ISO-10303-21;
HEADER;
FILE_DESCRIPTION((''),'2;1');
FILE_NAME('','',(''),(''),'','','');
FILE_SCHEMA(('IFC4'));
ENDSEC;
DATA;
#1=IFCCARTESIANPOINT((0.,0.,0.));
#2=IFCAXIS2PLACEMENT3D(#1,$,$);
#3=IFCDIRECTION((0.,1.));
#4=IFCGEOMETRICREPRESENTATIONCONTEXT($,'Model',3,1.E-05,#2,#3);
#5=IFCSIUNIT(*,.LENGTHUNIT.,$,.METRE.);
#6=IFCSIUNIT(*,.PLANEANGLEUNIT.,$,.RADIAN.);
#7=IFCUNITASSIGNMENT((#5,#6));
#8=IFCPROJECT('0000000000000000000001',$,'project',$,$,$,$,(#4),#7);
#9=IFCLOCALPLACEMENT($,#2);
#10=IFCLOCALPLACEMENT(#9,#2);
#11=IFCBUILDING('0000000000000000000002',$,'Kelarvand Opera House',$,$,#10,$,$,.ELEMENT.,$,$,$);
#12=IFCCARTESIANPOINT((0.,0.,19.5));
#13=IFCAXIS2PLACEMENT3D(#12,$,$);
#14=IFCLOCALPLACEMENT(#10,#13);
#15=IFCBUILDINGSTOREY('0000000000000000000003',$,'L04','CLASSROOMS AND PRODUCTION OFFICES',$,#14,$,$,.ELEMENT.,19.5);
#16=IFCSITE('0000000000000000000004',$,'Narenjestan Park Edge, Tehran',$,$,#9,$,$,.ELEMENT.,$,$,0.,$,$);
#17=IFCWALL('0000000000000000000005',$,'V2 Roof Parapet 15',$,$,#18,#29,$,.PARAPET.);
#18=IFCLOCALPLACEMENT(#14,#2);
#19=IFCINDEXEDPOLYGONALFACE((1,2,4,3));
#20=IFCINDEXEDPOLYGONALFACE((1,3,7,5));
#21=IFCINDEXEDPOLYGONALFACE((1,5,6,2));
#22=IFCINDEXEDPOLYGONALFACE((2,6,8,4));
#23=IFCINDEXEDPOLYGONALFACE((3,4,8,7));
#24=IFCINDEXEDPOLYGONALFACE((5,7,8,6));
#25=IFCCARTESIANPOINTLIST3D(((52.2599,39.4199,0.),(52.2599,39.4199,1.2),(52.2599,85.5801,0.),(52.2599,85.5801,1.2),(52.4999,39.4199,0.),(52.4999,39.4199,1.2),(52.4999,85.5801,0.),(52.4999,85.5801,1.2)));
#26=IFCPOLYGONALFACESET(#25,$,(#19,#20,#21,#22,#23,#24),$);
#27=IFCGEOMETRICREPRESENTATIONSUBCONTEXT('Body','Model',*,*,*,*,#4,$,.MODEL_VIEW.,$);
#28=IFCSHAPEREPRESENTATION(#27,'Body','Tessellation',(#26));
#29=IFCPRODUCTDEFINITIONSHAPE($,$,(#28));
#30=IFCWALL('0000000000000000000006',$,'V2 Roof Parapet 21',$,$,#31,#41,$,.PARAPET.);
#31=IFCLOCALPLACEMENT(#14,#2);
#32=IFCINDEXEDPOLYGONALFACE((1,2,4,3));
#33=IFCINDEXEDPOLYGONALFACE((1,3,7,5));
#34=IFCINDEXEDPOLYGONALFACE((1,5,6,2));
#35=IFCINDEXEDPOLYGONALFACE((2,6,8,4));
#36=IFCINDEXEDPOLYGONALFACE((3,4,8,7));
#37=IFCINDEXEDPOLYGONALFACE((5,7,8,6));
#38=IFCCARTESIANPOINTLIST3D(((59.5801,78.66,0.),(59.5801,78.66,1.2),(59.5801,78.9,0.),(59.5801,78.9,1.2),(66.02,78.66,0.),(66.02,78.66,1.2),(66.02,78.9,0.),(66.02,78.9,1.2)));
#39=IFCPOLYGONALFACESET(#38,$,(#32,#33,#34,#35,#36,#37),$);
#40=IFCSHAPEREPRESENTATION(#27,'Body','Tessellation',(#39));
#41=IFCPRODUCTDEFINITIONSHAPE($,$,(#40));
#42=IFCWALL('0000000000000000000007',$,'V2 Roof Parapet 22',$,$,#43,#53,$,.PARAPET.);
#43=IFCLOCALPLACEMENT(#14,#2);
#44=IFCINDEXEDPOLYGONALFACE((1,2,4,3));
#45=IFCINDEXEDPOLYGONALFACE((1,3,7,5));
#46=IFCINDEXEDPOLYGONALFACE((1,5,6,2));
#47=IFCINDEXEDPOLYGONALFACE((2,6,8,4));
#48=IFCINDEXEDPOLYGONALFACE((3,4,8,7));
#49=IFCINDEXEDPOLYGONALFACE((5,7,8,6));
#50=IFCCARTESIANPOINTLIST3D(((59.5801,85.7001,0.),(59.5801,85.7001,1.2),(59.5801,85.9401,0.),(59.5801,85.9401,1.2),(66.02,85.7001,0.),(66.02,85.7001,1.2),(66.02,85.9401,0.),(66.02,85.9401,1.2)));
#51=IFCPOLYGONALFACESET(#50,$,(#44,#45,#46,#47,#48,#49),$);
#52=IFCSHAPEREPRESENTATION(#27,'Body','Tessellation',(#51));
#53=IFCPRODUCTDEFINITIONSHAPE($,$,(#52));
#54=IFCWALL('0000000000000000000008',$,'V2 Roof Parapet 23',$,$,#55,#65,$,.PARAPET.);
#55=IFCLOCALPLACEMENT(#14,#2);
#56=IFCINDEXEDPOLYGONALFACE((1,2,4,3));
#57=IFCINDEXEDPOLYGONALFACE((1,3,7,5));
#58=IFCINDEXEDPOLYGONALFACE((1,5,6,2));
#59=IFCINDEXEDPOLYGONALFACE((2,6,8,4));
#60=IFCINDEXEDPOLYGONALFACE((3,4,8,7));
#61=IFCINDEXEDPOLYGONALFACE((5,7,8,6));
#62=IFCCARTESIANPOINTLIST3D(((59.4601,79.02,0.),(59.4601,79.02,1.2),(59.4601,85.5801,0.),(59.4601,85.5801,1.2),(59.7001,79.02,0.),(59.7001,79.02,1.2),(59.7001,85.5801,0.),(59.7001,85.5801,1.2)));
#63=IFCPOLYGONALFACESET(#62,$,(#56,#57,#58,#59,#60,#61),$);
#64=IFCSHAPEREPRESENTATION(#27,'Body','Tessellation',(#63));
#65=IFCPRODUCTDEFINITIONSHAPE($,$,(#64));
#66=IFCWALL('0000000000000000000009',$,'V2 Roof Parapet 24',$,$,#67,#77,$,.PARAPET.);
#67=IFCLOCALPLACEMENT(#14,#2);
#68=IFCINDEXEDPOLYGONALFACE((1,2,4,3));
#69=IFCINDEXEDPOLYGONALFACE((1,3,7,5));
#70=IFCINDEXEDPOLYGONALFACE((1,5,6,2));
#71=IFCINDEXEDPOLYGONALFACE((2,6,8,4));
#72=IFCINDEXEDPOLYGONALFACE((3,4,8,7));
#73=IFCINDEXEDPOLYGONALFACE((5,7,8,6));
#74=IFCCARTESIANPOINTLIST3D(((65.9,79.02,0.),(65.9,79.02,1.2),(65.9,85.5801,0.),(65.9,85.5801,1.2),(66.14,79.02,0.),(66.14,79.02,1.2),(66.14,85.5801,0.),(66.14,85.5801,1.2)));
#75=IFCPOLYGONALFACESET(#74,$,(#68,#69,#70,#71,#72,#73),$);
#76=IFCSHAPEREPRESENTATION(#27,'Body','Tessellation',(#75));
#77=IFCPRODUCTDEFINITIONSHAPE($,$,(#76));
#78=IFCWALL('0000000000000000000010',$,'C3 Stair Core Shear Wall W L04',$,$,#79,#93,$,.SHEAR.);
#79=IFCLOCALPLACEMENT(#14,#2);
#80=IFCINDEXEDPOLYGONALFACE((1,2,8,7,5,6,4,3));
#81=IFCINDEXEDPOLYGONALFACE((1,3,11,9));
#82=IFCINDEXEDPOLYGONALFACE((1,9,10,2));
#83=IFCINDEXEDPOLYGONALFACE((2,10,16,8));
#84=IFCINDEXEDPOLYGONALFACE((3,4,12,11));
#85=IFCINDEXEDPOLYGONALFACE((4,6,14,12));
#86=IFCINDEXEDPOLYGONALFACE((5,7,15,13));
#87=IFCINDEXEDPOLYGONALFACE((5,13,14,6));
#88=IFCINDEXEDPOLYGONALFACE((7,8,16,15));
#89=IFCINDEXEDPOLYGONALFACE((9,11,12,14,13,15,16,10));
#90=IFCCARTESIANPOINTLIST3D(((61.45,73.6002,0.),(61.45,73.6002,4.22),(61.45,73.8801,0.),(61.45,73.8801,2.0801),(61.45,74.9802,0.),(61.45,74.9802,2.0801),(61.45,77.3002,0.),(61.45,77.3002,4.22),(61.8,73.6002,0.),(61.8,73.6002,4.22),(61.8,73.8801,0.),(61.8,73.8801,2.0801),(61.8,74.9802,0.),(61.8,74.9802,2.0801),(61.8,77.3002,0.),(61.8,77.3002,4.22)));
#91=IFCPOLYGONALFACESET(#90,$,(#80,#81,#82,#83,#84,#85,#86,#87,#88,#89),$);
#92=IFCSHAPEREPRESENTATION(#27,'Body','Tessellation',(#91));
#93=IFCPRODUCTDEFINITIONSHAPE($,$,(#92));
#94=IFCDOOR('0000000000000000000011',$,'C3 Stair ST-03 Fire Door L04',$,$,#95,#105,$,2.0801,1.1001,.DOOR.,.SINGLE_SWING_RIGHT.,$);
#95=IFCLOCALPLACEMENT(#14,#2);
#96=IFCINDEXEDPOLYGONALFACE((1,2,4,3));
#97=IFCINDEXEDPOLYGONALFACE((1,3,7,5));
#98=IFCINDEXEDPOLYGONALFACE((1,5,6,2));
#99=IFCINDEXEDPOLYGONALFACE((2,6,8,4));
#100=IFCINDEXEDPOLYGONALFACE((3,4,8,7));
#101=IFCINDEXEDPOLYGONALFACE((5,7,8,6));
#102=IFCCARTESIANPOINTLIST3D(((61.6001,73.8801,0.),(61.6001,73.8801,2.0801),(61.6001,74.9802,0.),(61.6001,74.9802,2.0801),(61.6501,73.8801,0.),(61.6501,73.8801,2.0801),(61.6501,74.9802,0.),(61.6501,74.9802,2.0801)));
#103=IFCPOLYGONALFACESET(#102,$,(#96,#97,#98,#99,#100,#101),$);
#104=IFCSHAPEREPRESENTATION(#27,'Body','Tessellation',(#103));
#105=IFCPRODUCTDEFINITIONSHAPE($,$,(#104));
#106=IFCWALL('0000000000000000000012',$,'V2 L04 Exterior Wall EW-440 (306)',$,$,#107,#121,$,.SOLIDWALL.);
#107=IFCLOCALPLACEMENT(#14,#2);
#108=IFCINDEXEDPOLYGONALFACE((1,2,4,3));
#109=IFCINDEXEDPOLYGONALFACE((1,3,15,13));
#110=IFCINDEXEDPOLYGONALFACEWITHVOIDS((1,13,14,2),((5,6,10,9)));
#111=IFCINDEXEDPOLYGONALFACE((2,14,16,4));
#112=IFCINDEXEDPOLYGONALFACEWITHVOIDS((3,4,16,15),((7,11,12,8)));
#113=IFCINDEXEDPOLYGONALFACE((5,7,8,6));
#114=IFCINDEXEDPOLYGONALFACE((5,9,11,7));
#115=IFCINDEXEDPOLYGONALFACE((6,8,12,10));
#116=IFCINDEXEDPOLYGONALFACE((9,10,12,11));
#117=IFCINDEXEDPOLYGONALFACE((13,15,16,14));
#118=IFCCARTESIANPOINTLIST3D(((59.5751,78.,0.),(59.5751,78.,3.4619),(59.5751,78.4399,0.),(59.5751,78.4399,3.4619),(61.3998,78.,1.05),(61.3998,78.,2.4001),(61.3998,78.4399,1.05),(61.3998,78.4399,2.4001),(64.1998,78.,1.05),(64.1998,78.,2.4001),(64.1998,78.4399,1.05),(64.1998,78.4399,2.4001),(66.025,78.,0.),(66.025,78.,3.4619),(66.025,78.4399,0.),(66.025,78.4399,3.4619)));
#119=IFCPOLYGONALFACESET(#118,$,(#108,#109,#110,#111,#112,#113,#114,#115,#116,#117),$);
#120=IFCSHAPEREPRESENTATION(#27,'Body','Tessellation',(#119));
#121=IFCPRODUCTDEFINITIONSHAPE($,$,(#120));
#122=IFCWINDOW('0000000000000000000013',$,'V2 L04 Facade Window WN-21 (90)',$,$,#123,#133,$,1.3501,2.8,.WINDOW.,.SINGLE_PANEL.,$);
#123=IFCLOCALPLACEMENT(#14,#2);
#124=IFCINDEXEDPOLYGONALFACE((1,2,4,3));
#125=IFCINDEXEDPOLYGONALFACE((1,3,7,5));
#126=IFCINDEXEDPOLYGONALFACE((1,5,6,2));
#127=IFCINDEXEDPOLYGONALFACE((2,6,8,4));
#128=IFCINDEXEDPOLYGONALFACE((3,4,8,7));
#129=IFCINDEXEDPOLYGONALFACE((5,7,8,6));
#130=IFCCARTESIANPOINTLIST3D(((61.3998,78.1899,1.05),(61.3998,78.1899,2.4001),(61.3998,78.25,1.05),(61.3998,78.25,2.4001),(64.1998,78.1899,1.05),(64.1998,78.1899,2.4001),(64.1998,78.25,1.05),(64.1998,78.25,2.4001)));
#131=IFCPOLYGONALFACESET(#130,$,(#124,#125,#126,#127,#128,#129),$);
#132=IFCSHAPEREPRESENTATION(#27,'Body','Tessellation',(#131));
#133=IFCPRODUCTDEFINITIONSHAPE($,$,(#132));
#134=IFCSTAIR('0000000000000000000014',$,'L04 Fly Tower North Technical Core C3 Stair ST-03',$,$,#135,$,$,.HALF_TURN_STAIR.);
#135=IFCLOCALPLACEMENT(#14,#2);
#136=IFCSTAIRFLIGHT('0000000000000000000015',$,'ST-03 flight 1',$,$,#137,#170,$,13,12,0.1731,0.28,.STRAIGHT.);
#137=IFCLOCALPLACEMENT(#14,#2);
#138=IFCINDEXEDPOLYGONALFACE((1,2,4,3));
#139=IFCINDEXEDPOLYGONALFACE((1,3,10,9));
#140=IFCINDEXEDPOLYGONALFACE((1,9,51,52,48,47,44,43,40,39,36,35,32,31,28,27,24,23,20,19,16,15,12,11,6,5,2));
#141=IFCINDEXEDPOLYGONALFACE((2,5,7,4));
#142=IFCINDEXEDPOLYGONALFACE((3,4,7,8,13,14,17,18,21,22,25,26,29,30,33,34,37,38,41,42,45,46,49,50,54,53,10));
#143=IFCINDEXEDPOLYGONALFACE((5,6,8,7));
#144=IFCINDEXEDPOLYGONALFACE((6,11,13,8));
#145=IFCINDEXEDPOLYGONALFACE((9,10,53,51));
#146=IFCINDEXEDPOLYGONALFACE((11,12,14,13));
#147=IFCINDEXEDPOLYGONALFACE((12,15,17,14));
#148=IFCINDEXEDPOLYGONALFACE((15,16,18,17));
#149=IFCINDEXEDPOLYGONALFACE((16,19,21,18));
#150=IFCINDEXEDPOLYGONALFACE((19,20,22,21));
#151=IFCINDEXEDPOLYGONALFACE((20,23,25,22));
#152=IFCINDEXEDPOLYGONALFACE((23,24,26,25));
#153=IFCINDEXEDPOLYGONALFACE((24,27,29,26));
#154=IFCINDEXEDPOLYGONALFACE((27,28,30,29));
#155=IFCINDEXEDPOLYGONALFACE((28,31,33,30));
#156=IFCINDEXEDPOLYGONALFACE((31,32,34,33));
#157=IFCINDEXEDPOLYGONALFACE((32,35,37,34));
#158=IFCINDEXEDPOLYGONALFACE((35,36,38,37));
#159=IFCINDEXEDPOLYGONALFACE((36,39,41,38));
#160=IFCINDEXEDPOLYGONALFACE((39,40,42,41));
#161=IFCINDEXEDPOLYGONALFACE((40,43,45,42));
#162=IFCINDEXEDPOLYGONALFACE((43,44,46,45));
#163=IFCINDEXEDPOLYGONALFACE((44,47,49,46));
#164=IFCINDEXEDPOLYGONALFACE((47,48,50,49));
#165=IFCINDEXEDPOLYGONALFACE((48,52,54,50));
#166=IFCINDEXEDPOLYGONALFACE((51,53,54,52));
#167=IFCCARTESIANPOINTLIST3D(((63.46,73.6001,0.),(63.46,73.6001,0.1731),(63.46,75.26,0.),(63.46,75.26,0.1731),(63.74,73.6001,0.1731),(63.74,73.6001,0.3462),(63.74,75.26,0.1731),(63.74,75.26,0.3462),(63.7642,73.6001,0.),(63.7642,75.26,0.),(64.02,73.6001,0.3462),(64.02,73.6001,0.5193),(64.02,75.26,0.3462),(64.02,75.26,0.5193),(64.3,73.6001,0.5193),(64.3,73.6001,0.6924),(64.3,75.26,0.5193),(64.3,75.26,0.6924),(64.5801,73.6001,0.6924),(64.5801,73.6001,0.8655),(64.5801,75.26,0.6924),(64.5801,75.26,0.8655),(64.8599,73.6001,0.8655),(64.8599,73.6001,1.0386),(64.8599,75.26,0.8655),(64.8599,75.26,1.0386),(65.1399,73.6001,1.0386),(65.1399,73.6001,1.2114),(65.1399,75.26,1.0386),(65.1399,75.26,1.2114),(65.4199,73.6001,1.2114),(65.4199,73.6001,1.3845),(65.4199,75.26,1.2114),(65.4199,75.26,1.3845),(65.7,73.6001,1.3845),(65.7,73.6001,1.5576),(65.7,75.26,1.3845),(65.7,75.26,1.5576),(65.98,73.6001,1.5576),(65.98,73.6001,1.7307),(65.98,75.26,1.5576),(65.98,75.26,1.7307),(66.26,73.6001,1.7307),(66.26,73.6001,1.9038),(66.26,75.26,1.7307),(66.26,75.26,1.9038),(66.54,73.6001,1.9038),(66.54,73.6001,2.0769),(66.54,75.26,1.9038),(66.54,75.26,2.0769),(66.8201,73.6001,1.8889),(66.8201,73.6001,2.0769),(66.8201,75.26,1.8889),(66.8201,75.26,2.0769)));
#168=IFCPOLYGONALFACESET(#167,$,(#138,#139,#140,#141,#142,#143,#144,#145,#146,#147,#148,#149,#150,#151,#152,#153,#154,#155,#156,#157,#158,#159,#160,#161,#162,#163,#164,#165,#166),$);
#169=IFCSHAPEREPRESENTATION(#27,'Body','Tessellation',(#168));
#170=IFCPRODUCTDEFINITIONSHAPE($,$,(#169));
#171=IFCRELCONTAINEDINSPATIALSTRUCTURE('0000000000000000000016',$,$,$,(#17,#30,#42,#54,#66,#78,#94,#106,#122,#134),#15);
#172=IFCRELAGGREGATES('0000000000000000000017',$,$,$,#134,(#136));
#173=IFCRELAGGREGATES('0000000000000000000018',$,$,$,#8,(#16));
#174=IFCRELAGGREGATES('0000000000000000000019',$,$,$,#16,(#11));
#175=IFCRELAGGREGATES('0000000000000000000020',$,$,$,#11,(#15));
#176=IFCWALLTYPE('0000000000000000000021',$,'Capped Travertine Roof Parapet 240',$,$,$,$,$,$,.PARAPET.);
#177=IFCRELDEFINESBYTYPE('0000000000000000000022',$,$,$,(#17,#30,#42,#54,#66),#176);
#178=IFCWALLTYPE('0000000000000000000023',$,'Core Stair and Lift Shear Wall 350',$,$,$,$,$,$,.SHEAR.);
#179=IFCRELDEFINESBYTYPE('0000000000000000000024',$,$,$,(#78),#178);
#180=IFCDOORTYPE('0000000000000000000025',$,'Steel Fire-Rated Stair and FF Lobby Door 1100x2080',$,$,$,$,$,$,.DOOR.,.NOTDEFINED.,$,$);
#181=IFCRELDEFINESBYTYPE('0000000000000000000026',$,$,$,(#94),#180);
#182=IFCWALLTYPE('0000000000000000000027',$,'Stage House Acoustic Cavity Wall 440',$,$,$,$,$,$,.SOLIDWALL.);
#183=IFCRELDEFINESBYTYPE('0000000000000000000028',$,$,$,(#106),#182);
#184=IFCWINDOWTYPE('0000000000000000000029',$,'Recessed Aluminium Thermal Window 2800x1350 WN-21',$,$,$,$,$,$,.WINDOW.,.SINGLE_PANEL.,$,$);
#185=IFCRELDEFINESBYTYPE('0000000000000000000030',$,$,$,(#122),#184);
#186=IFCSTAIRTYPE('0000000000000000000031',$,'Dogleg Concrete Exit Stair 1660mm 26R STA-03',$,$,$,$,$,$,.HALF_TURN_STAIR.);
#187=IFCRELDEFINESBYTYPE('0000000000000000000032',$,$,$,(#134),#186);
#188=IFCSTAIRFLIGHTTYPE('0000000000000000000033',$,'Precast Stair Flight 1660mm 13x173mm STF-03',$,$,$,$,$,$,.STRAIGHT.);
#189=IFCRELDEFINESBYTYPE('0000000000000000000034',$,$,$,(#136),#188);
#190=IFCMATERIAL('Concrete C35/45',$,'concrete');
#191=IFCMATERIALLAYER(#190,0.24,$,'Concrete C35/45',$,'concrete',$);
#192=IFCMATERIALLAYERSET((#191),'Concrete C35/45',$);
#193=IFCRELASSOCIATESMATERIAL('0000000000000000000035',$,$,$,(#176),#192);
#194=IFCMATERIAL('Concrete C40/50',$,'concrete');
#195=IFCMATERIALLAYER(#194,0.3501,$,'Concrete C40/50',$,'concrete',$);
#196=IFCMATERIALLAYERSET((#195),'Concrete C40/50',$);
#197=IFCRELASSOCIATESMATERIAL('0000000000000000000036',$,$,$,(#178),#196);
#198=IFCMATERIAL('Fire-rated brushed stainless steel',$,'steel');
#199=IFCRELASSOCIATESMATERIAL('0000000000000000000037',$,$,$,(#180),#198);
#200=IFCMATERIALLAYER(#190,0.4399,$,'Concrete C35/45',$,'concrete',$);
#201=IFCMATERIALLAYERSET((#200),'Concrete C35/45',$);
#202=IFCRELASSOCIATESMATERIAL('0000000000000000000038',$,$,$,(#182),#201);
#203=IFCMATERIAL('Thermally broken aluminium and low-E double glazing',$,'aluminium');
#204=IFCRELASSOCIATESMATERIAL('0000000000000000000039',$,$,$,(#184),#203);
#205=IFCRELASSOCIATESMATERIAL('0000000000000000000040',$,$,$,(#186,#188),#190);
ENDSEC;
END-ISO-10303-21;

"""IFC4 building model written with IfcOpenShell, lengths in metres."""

from ifc_helpers import new_model, si_unit, direction, frame, frame_2d, origin, place, context, subcontext, project, spatial, polyline, rectangle, outline, extrude, material, layer, layer_set, type_object, element, fill, aggregate, save


model = new_model("IFC4")

# Units and contexts
model_context = context("Model", 3, precision=1e-05, world=origin(), true_north=direction((0.0, 1.0)))
body_context = subcontext(model_context, "Body", "Model", "MODEL_VIEW")
ifc_project = project(units=[si_unit("LENGTHUNIT", "METRE"), si_unit("PLANEANGLEUNIT", "RADIAN")], contexts=[model_context])

# Site, building, storey
site_placement = place(None, origin())
site = spatial("IfcSite", under=ifc_project, at=site_placement, Name="Narenjestan Park Edge, Tehran", CompositionType="ELEMENT", RefElevation=0.0)
building_placement = place(site_placement, origin())
building = spatial("IfcBuilding", under=site, at=building_placement, Name="Kelarvand Opera House", CompositionType="ELEMENT")
storey_placement = place(building_placement, frame((0.0, 0.0, 19.5)))
storey = spatial("IfcBuildingStorey", under=building, at=storey_placement, Name="L04", Description="CLASSROOMS AND PRODUCTION OFFICES", CompositionType="ELEMENT", Elevation=19.5)

# Shared definitions
ifc_material_1 = material(Name="Concrete C40/50", Category="concrete")

# Walls
ifc_material_2 = material(Name="Concrete C35/45", Category="concrete")
ifc_layer_1 = layer(ifc_material_2, 0.24, Name="Concrete C35/45", Category="concrete")
ifc_layer_set_1 = layer_set([ifc_layer_1], Name="Concrete C35/45")
wall_type_1 = type_object("IfcWallType", Name="Capped Travertine Roof Parapet 240", PredefinedType="PARAPET", material=ifc_layer_set_1)
wall_1_placement = place(storey_placement, frame((52.3799, 85.5801, 0.0), z_axis=(0.0, 0.0, 1.0), x_axis=(0.0, -1.0, 0.0)))
element("IfcWall", 1, at=wall_1_placement, inside=storey, type_object=wall_type_1, Name="V2 Roof Parapet 15", PredefinedType="PARAPET", context=body_context, shape_type="SweptSolid", body=[
    extrude(rectangle(XDim=46.1602, YDim=0.24, at=frame_2d((23.0801, 0.0))), origin(), (0.0, 0.0, 1.0), 1.2),
])
for number, where, z_axis, x_axis, name in (
    (2, (59.5801, 78.78, 0.0), (0.0, 0.0, 1.0), (1.0, 0.0, 0.0), "V2 Roof Parapet 21"),
    (3, (66.02, 85.8201, 0.0), (0.0, 0.0, 1.0), (-1.0, 0.0, 0.0), "V2 Roof Parapet 22"),
):
    element("IfcWall", number, at=place(storey_placement, frame(where, z_axis=z_axis, x_axis=x_axis)), inside=storey, type_object=wall_type_1, Name=name, PredefinedType="PARAPET", context=body_context, shape_type="SweptSolid", body=[
        extrude(rectangle(XDim=6.4399, YDim=0.24, at=frame_2d((3.22, 0.0))), origin(), (0.0, 0.0, 1.0), 1.2),
    ])
for number, where, z_axis, x_axis, name in (
    (4, (59.5801, 85.5801, 0.0), (0.0, 0.0, 1.0), (0.0, -1.0, 0.0), "V2 Roof Parapet 23"),
    (5, (66.02, 79.02, 0.0), (0.0, 0.0, 1.0), (0.0, 1.0, 0.0), "V2 Roof Parapet 24"),
):
    element("IfcWall", number, at=place(storey_placement, frame(where, z_axis=z_axis, x_axis=x_axis)), inside=storey, type_object=wall_type_1, Name=name, PredefinedType="PARAPET", context=body_context, shape_type="SweptSolid", body=[
        extrude(rectangle(XDim=6.5601, YDim=0.24, at=frame_2d((3.28, 0.0))), origin(), (0.0, 0.0, 1.0), 1.2),
    ])

# Wall, opening, door
ifc_layer_2 = layer(ifc_material_1, 0.3501, Name="Concrete C40/50", Category="concrete")
ifc_layer_set_2 = layer_set([ifc_layer_2], Name="Concrete C40/50")
wall_type_2 = type_object("IfcWallType", Name="Core Stair and Lift Shear Wall 350", PredefinedType="SHEAR", material=ifc_layer_set_2)
wall_2_placement = place(storey_placement, frame((61.625, 73.6001, 0.0), z_axis=(0.0, 0.0, 1.0), x_axis=(0.0, 1.0, 0.0)))
wall_2 = element("IfcWall", 6, at=wall_2_placement, inside=storey, type_object=wall_type_2, Name="C3 Stair Core Shear Wall W L04", PredefinedType="SHEAR", context=body_context, shape_type="SweptSolid", body=[
    extrude(rectangle(XDim=3.7, YDim=0.3501, at=frame_2d((1.8501, 0.0))), origin(), (0.0, 0.0, 1.0), 4.22),
])
opening_1_placement = place(wall_2_placement, frame((0.28, 0.0, 0.0)))
opening_1 = element("IfcOpeningElement", 7, at=opening_1_placement, cuts=wall_2, PredefinedType="OPENING", context=body_context, shape_type="SweptSolid", body=[
    extrude(rectangle(XDim=1.1001, YDim=2.0801, at=frame_2d((0.55, 1.04))), frame((0.0, 0.1851, 0.0), z_axis=(0.0, -1.0, 0.0), x_axis=(1.0, 0.0, 0.0)), (0.0, 0.0, 1.0), 0.3701),
])
ifc_material_3 = material(Name="Fire-rated brushed stainless steel", Category="steel")
door_type = type_object("IfcDoorType", Name="Steel Fire-Rated Stair and FF Lobby Door 1100x2080", OperationType="NOTDEFINED", PredefinedType="DOOR", material=ifc_material_3)
door_placement = place(opening_1_placement, origin())
door = element("IfcDoor", 8, at=door_placement, inside=storey, type_object=door_type, Name="C3 Stair ST-03 Fire Door L04", OperationType="SINGLE_SWING_RIGHT", OverallHeight=2.0801, OverallWidth=1.1001, PredefinedType="DOOR", context=body_context, shape_type="SweptSolid", body=[
    extrude(rectangle(XDim=1.1001, YDim=2.0801, at=frame_2d((0.55, 1.04))), frame((0.0, 0.0249, 0.0), z_axis=(0.0, -1.0, 0.0), x_axis=(1.0, 0.0, 0.0)), (0.0, 0.0, 1.0), 0.05),
])
fill(opening_1, door)

# Wall, opening, window
ifc_layer_3 = layer(ifc_material_2, 0.4399, Name="Concrete C35/45", Category="concrete")
ifc_layer_set_3 = layer_set([ifc_layer_3], Name="Concrete C35/45")
wall_type_3 = type_object("IfcWallType", Name="Stage House Acoustic Cavity Wall 440", PredefinedType="SOLIDWALL", material=ifc_layer_set_3)
wall_3_placement = place(storey_placement, frame((59.575, 78.22, 0.0), z_axis=(0.0, 0.0, 1.0), x_axis=(1.0, 0.0, 0.0)))
wall_3 = element("IfcWall", 9, at=wall_3_placement, inside=storey, type_object=wall_type_3, Name="V2 L04 Exterior Wall EW-440 (306)", PredefinedType="SOLIDWALL", context=body_context, shape_type="SweptSolid", body=[
    extrude(rectangle(XDim=6.45, YDim=0.4399, at=frame_2d((3.2251, 0.0))), origin(), (0.0, 0.0, 1.0), 3.4619),
])
opening_2_placement = place(wall_3_placement, frame((1.825, 0.0, 1.05)))
opening_2 = element("IfcOpeningElement", 10, at=opening_2_placement, cuts=wall_3, PredefinedType="OPENING", context=body_context, shape_type="SweptSolid", body=[
    extrude(rectangle(XDim=2.8, YDim=1.3501, at=frame_2d((1.3999, 0.675))), frame((0.0, 0.23, 0.0), z_axis=(0.0, -1.0, 0.0), x_axis=(1.0, 0.0, 0.0)), (0.0, 0.0, 1.0), 0.46),
])
ifc_material_4 = material(Name="Thermally broken aluminium and low-E double glazing", Category="aluminium")
window_type = type_object("IfcWindowType", Name="Recessed Aluminium Thermal Window 2800x1350 WN-21", PartitioningType="SINGLE_PANEL", PredefinedType="WINDOW", material=ifc_material_4)
window_placement = place(opening_2_placement, origin())
window = element("IfcWindow", 11, at=window_placement, inside=storey, type_object=window_type, Name="V2 L04 Facade Window WN-21 (90)", OverallHeight=1.3501, OverallWidth=2.8, PartitioningType="SINGLE_PANEL", PredefinedType="WINDOW", context=body_context, shape_type="SweptSolid", body=[
    extrude(rectangle(XDim=2.8, YDim=1.3501, at=frame_2d((1.3999, 0.675))), frame((0.0, 0.03, 0.0), z_axis=(0.0, -1.0, 0.0), x_axis=(1.0, 0.0, 0.0)), (0.0, 0.0, 1.0), 0.0601),
])
fill(opening_2, window)

# Stair, stair flight
stair_type = type_object("IfcStairType", Name="Dogleg Concrete Exit Stair 1660mm 26R STA-03", PredefinedType="HALF_TURN_STAIR", material=ifc_material_2)
stair_placement = place(storey_placement, origin())
stair = element("IfcStair", 12, at=stair_placement, inside=storey, type_object=stair_type, Name="L04 Fly Tower North Technical Core C3 Stair ST-03", PredefinedType="HALF_TURN_STAIR")
stair_flight_type = type_object("IfcStairFlightType", Name="Precast Stair Flight 1660mm 13x173mm STF-03", PredefinedType="STRAIGHT", material=ifc_material_2)
stair_flight_placement = place(storey_placement, frame((63.46, 74.4299, 0.0), z_axis=(0.0, 0.0, 1.0), x_axis=(1.0, 0.0, 0.0)))
stair_flight = element("IfcStairFlight", 13, at=stair_flight_placement, type_object=stair_flight_type, Name="ST-03 flight 1", NumberOfRisers=13, NumberOfTreads=12, PredefinedType="STRAIGHT", RiserHeight=0.1731, TreadLength=0.28, context=body_context, shape_type="SweptSolid", body=[
    extrude(outline(polyline([(0.0, 0.0), (0.0, 0.1731), (0.28, 0.1731), (0.28, 0.3462), (0.5601, 0.3462), (0.5601, 0.5193), (0.8401, 0.5193), (0.8401, 0.6924), (1.1201, 0.6924), (1.1201, 0.8655), (1.3999, 0.8655), (1.3999, 1.0386), (1.6799, 1.0386), (1.6799, 1.2114), (1.96, 1.2114), (1.96, 1.3845), (2.24, 1.3845), (2.24, 1.5576), (2.52, 1.5576), (2.52, 1.7307), (2.8, 1.7307), (2.8, 1.9038), (3.0801, 1.9038), (3.0801, 2.0769), (3.3601, 2.0769), (3.3601, 2.25), (3.3601, 1.8889), (0.3042, 0.0), (0.0, 0.0)])), frame((0.0, 0.8301, 0.0), z_axis=(0.0, -1.0, 0.0), x_axis=(1.0, 0.0, 0.0)), (0.0, 0.0, 1.0), 1.6599),
])
aggregate(stair, [stair_flight])

save(model, "model.ifc")
